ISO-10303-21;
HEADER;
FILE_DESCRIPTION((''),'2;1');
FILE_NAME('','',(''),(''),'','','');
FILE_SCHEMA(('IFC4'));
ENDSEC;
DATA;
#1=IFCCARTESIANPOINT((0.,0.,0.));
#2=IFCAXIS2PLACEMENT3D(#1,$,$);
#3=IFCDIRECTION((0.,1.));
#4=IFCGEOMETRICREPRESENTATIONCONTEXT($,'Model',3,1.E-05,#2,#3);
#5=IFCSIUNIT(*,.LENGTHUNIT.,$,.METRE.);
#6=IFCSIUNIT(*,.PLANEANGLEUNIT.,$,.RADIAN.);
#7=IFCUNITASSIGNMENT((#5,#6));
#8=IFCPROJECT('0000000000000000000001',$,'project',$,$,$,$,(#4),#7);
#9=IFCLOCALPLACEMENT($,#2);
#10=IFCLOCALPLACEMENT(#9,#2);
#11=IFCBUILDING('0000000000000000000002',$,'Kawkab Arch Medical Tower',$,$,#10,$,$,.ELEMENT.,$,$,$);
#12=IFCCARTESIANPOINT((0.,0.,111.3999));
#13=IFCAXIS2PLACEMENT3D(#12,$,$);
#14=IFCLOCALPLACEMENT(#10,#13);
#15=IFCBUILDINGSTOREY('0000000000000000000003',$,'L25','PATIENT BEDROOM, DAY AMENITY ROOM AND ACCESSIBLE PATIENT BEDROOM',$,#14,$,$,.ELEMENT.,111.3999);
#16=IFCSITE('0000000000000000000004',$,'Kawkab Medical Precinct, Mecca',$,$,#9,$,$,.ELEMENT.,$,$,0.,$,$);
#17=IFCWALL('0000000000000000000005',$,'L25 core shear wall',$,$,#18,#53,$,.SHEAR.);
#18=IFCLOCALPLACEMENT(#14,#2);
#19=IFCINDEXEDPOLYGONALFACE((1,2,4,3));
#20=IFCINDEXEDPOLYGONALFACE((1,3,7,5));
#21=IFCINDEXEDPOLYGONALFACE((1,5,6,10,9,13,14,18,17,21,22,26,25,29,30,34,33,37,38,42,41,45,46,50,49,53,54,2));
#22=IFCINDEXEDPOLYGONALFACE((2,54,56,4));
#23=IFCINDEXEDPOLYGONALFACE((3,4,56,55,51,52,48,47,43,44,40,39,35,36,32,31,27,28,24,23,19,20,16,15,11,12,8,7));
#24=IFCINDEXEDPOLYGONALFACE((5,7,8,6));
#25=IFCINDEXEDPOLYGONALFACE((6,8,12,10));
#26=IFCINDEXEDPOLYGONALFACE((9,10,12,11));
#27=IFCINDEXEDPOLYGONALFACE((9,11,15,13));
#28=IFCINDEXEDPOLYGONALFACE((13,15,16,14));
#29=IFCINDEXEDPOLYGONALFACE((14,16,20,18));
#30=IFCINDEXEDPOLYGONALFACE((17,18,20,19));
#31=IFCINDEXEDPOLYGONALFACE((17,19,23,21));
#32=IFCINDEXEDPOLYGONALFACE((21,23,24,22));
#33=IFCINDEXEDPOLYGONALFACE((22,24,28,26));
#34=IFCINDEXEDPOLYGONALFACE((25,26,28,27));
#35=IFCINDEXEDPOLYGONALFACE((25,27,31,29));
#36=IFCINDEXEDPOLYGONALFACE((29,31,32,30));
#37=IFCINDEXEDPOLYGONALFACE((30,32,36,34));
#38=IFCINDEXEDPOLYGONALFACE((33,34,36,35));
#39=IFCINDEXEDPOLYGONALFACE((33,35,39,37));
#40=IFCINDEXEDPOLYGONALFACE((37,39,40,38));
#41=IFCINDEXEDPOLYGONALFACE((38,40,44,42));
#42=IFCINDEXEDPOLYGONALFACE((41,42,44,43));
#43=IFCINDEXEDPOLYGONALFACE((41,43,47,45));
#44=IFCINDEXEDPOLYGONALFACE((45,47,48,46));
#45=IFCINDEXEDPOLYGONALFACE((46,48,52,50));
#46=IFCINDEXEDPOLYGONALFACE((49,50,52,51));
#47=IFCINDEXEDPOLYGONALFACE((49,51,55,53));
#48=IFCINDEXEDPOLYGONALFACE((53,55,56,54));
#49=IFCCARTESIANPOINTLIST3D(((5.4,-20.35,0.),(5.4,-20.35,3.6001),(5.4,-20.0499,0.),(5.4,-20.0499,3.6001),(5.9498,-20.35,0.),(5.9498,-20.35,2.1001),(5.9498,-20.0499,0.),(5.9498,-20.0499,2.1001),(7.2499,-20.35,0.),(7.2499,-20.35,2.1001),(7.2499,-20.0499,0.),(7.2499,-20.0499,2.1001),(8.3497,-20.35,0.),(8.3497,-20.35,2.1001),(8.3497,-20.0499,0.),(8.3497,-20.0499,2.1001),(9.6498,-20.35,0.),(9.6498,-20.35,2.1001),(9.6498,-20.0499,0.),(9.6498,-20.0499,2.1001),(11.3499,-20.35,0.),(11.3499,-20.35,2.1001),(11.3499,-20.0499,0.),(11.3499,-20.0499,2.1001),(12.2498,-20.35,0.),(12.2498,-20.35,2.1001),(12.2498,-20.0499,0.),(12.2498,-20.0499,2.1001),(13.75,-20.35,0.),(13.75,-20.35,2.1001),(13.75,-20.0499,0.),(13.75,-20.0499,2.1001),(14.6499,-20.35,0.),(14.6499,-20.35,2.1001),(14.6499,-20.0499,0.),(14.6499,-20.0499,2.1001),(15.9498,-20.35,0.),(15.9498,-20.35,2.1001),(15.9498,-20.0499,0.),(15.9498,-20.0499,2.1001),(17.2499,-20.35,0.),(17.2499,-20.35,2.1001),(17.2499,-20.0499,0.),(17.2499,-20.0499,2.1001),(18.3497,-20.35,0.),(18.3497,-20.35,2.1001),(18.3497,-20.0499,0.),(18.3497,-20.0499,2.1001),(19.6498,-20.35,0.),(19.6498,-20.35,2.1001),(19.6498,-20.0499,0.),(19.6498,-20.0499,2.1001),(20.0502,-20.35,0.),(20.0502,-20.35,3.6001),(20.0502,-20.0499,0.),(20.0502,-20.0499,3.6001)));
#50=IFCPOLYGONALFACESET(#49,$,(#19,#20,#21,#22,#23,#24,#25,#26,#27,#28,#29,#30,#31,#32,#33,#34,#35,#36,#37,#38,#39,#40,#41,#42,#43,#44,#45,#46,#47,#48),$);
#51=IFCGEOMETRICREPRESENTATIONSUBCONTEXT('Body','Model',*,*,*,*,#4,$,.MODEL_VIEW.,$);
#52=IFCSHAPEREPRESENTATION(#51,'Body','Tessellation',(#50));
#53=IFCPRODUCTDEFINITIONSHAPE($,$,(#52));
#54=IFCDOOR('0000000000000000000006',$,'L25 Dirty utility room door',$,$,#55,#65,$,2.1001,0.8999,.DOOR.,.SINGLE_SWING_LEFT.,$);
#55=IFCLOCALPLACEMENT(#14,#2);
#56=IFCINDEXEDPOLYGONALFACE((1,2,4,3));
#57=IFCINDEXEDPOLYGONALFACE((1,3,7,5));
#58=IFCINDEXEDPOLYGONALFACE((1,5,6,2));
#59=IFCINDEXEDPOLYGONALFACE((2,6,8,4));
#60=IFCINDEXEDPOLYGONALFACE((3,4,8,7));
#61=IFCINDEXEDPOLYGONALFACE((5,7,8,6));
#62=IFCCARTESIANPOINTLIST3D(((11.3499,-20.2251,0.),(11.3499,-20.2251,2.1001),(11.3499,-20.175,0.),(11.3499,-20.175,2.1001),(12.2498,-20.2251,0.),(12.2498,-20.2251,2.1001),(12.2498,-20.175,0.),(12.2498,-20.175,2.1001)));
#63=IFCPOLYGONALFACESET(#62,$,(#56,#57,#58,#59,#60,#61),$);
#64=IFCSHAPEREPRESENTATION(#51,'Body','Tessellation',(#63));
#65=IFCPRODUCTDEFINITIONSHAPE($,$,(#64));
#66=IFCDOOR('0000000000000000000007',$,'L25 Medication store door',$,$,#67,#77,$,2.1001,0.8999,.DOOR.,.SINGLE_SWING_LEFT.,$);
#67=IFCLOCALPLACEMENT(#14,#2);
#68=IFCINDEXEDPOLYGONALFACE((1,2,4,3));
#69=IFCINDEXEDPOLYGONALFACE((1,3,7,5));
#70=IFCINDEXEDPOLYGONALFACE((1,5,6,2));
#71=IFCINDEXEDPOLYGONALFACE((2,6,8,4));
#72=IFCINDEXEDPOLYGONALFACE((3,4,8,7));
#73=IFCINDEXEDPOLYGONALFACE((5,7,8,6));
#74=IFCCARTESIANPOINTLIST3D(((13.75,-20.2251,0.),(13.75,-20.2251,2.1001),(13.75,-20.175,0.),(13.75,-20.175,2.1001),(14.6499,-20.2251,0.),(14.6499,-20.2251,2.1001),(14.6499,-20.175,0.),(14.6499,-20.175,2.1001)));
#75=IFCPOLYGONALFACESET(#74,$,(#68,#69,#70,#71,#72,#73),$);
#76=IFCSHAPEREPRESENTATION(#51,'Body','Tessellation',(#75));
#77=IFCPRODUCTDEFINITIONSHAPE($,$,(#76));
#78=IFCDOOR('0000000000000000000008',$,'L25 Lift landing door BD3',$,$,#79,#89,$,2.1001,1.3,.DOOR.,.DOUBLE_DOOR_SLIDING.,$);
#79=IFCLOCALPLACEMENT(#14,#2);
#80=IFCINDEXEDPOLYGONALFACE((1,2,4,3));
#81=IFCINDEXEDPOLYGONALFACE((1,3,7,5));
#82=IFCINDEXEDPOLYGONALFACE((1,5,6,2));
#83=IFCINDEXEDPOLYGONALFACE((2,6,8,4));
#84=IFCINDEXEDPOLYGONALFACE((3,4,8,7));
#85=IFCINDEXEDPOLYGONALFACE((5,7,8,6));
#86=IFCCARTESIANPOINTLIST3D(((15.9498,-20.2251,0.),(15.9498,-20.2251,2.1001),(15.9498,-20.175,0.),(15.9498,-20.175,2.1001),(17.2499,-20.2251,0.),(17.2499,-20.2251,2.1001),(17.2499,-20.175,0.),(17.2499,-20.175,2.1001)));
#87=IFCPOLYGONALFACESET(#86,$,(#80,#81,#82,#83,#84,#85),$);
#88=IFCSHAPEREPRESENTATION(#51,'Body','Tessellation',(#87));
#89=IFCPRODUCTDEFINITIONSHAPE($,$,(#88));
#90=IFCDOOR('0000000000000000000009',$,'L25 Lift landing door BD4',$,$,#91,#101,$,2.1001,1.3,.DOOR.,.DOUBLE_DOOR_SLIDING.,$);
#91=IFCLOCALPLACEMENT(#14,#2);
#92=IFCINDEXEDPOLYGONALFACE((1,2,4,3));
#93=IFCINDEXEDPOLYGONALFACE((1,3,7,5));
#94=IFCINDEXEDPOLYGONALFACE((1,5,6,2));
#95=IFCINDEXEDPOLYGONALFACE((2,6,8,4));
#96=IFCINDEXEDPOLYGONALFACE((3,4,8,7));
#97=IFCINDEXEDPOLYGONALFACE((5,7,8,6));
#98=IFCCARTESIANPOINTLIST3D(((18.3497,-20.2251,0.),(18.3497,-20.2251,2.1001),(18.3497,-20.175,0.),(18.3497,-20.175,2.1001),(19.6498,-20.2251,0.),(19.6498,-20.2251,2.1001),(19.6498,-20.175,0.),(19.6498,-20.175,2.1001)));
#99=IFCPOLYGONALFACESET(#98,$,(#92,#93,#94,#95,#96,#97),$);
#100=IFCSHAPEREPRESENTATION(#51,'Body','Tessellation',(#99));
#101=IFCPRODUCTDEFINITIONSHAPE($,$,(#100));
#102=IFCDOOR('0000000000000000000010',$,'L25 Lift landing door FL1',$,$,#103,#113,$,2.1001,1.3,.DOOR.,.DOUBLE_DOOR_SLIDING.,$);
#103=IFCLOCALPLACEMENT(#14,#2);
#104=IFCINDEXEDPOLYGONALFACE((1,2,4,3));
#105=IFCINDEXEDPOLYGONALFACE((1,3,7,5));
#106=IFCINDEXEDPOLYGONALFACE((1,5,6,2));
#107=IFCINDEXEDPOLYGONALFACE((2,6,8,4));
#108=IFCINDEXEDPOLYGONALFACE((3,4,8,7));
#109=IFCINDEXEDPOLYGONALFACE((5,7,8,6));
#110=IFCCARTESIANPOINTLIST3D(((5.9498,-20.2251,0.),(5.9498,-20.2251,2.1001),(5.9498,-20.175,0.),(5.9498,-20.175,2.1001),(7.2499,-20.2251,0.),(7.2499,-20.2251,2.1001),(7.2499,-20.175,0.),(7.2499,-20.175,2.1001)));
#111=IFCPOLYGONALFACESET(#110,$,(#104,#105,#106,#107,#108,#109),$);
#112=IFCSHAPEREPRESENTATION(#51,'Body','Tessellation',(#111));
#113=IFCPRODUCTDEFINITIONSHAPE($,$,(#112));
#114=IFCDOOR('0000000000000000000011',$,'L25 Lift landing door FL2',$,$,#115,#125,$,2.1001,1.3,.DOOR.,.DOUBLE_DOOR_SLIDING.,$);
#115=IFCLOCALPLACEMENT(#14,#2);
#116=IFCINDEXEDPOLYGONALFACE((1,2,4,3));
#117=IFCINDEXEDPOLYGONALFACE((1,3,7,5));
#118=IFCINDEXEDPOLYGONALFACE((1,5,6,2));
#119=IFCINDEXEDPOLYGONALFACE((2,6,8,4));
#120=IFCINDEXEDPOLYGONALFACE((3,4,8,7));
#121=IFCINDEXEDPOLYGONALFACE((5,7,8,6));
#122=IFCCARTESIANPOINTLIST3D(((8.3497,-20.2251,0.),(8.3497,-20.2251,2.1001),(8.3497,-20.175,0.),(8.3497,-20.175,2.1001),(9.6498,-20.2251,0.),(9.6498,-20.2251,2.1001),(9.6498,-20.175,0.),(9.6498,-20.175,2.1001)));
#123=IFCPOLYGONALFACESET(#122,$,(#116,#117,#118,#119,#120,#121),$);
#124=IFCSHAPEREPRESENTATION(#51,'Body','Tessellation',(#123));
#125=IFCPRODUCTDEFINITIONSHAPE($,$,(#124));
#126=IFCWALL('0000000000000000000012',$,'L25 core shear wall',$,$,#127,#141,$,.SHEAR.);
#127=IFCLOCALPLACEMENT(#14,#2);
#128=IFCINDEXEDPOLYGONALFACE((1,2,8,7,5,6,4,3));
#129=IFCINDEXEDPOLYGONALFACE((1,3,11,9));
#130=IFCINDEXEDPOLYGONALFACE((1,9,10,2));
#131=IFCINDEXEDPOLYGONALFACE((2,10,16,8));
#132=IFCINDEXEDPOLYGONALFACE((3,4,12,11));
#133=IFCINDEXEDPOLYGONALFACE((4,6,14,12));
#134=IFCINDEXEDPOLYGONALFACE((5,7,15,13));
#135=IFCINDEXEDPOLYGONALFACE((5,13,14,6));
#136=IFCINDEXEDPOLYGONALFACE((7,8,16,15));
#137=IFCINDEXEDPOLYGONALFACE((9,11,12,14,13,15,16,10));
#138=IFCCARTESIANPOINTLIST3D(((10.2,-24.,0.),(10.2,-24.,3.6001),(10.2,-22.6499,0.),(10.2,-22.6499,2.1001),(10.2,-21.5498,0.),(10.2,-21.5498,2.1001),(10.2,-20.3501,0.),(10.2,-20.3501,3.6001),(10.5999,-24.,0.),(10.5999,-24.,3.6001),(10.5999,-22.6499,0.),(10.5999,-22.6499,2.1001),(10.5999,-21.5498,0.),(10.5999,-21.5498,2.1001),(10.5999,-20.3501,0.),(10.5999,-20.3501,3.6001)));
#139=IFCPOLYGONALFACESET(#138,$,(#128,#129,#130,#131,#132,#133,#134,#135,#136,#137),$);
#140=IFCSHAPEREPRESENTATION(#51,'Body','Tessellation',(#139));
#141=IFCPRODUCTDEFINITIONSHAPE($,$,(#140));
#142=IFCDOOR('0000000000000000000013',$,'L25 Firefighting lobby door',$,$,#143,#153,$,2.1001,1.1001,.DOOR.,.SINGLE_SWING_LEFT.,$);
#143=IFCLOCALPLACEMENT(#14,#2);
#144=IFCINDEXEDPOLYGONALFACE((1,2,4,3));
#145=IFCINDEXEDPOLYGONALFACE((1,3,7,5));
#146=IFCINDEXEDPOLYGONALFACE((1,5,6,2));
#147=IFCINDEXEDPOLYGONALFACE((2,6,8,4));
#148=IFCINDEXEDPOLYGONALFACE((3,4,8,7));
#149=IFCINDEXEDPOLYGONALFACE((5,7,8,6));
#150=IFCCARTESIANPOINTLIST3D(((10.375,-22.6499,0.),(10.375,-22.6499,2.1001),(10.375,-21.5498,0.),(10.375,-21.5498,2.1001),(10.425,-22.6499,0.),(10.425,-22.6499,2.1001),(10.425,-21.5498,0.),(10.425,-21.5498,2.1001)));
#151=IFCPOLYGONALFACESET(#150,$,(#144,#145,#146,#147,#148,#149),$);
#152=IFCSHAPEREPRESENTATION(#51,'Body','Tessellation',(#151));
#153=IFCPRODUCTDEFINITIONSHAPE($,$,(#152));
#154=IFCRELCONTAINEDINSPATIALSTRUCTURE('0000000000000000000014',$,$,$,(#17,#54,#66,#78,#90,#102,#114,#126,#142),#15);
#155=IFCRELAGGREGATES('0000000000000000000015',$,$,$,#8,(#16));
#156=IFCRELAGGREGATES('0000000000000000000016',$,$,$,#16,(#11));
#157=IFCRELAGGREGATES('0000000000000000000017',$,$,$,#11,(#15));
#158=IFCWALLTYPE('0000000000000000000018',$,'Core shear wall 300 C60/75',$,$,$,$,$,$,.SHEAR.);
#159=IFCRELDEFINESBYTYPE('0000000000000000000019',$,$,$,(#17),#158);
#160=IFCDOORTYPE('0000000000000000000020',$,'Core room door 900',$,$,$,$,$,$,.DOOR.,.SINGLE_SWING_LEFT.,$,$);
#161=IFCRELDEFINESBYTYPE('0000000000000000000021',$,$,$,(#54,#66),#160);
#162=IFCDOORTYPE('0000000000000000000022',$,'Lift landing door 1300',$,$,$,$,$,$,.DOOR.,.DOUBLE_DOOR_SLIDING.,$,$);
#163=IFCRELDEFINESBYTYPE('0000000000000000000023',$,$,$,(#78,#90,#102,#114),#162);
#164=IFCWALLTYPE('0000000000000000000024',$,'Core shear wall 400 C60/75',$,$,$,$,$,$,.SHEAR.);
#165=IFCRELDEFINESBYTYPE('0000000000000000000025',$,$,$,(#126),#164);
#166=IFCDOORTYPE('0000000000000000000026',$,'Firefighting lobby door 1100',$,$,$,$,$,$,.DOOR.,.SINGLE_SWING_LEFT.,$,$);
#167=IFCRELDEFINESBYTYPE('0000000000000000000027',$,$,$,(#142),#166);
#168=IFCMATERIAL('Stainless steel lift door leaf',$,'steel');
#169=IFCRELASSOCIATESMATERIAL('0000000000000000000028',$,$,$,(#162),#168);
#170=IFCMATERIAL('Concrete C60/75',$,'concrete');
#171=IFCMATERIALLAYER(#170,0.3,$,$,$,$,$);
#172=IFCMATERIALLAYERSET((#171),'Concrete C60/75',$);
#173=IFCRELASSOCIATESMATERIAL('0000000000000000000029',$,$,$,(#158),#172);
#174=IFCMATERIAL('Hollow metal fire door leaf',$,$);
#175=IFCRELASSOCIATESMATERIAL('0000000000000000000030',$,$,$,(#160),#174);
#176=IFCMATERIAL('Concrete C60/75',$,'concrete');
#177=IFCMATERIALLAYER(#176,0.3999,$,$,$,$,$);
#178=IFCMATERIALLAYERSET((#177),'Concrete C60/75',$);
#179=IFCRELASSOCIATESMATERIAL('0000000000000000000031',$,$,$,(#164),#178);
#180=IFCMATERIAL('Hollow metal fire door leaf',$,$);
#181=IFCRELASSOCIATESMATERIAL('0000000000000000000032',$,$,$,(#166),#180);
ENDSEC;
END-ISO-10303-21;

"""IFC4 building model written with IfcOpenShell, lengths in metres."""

from ifc_helpers import new_model, si_unit, direction, frame, frame_2d, origin, place, context, subcontext, project, spatial, rectangle, extrude, material, layer, layer_set, type_object, element, fill, save


model = new_model("IFC4")

# Units and contexts
model_context = context("Model", 3, precision=1e-05, world=origin(), true_north=direction((0.0, 1.0)))
body_context = subcontext(model_context, "Body", "Model", "MODEL_VIEW")
ifc_project = project(units=[si_unit("LENGTHUNIT", "METRE"), si_unit("PLANEANGLEUNIT", "RADIAN")], contexts=[model_context])

# Site, building, storey
site_placement = place(None, origin())
site = spatial("IfcSite", under=ifc_project, at=site_placement, Name="Kawkab Medical Precinct, Mecca", CompositionType="ELEMENT", RefElevation=0.0)
building_placement = place(site_placement, origin())
building = spatial("IfcBuilding", under=site, at=building_placement, Name="Kawkab Arch Medical Tower", CompositionType="ELEMENT")
storey_placement = place(building_placement, frame((0.0, 0.0, 111.3999)))
storey = spatial("IfcBuildingStorey", under=building, at=storey_placement, Name="L25", Description="PATIENT BEDROOM, DAY AMENITY ROOM AND ACCESSIBLE PATIENT BEDROOM", CompositionType="ELEMENT", Elevation=111.3999)

# Shared definitions
ifc_material_1 = material(Name="Stainless steel lift door leaf", Category="steel")
door_type_1 = type_object("IfcDoorType", Name="Lift landing door 1300", OperationType="DOUBLE_DOOR_SLIDING", PredefinedType="DOOR", material=ifc_material_1)

# Wall, openings, doors
ifc_material_2 = material(Name="Concrete C60/75", Category="concrete")
ifc_layer_1 = layer(ifc_material_2, 0.3)
ifc_layer_set_1 = layer_set([ifc_layer_1], Name="Concrete C60/75")
wall_type_1 = type_object("IfcWallType", Name="Core shear wall 300 C60/75", PredefinedType="SHEAR", material=ifc_layer_set_1)
wall_1_placement = place(storey_placement, frame((5.3999, -20.2, 0.0), z_axis=(0.0, 0.0, 1.0), x_axis=(1.0, 0.0, 0.0)))
wall_1 = element("IfcWall", 1, at=wall_1_placement, inside=storey, type_object=wall_type_1, Name="L25 core shear wall", PredefinedType="SHEAR", context=body_context, shape_type="SweptSolid", body=[
    extrude(rectangle(XDim=14.6501, YDim=0.3, at=frame_2d((7.3252, 0.0))), origin(), (0.0, 0.0, 1.0), 3.6001),
])
opening_1_placement = place(wall_1_placement, frame((10.55, 0.0, 0.0)))
opening_1 = element("IfcOpeningElement", 2, at=opening_1_placement, cuts=wall_1, PredefinedType="OPENING", context=body_context, shape_type="SweptSolid", body=[
    extrude(rectangle(XDim=1.3, YDim=2.1001, at=frame_2d((0.6499, 1.05))), frame((0.0, 0.1599, 0.0), z_axis=(0.0, -1.0, 0.0), x_axis=(1.0, 0.0, 0.0)), (0.0, 0.0, 1.0), 0.3201),
])
opening_2_placement = place(wall_1_placement, frame((12.95, 0.0, 0.0)))
opening_2 = element("IfcOpeningElement", 3, at=opening_2_placement, cuts=wall_1, PredefinedType="OPENING", context=body_context, shape_type="SweptSolid", body=[
    extrude(rectangle(XDim=1.3, YDim=2.1001, at=frame_2d((0.6499, 1.05))), frame((0.0, 0.1599, 0.0), z_axis=(0.0, -1.0, 0.0), x_axis=(1.0, 0.0, 0.0)), (0.0, 0.0, 1.0), 0.3201),
])
opening_3_placement = place(wall_1_placement, frame((0.55, 0.0, 0.0)))
opening_3 = element("IfcOpeningElement", 4, at=opening_3_placement, cuts=wall_1, PredefinedType="OPENING", context=body_context, shape_type="SweptSolid", body=[
    extrude(rectangle(XDim=1.3, YDim=2.1001, at=frame_2d((0.6499, 1.05))), frame((0.0, 0.1599, 0.0), z_axis=(0.0, -1.0, 0.0), x_axis=(1.0, 0.0, 0.0)), (0.0, 0.0, 1.0), 0.3201),
])
opening_4_placement = place(wall_1_placement, frame((2.95, 0.0, 0.0)))
opening_4 = element("IfcOpeningElement", 5, at=opening_4_placement, cuts=wall_1, PredefinedType="OPENING", context=body_context, shape_type="SweptSolid", body=[
    extrude(rectangle(XDim=1.3, YDim=2.1001, at=frame_2d((0.6499, 1.05))), frame((0.0, 0.1599, 0.0), z_axis=(0.0, -1.0, 0.0), x_axis=(1.0, 0.0, 0.0)), (0.0, 0.0, 1.0), 0.3201),
])
opening_5_placement = place(wall_1_placement, frame((5.95, 0.0, 0.0)))
opening_5 = element("IfcOpeningElement", 6, at=opening_5_placement, cuts=wall_1, PredefinedType="OPENING", context=body_context, shape_type="SweptSolid", body=[
    extrude(rectangle(XDim=0.8999, YDim=2.1001, at=frame_2d((0.45, 1.05))), frame((0.0, 0.1599, 0.0), z_axis=(0.0, -1.0, 0.0), x_axis=(1.0, 0.0, 0.0)), (0.0, 0.0, 1.0), 0.3201),
])
opening_6_placement = place(wall_1_placement, frame((8.3501, 0.0, 0.0)))
opening_6 = element("IfcOpeningElement", 7, at=opening_6_placement, cuts=wall_1, PredefinedType="OPENING", context=body_context, shape_type="SweptSolid", body=[
    extrude(rectangle(XDim=0.8999, YDim=2.1001, at=frame_2d((0.45, 1.05))), frame((0.0, 0.1599, 0.0), z_axis=(0.0, -1.0, 0.0), x_axis=(1.0, 0.0, 0.0)), (0.0, 0.0, 1.0), 0.3201),
])
ifc_material_3 = material(Name="Hollow metal fire door leaf")
door_type_2 = type_object("IfcDoorType", Name="Core room door 900", OperationType="SINGLE_SWING_LEFT", PredefinedType="DOOR", material=ifc_material_3)
door_1_placement = place(opening_5_placement, origin())
door_1 = element("IfcDoor", 8, at=door_1_placement, inside=storey, type_object=door_type_2, Name="L25 Dirty utility room door", OperationType="SINGLE_SWING_LEFT", OverallHeight=2.1001, OverallWidth=0.8999, PredefinedType="DOOR", context=body_context, shape_type="SweptSolid", body=[
    extrude(rectangle(XDim=0.8999, YDim=2.1001, at=frame_2d((0.45, 1.05))), frame((0.0, 0.0249, 0.0), z_axis=(0.0, -1.0, 0.0), x_axis=(1.0, 0.0, 0.0)), (0.0, 0.0, 1.0), 0.05),
])
fill(opening_5, door_1)
door_2_placement = place(opening_6_placement, origin())
door_2 = element("IfcDoor", 9, at=door_2_placement, inside=storey, type_object=door_type_2, Name="L25 Medication store door", OperationType="SINGLE_SWING_LEFT", OverallHeight=2.1001, OverallWidth=0.8999, PredefinedType="DOOR", context=body_context, shape_type="SweptSolid", body=[
    extrude(rectangle(XDim=0.8999, YDim=2.1001, at=frame_2d((0.45, 1.05))), frame((0.0, 0.0249, 0.0), z_axis=(0.0, -1.0, 0.0), x_axis=(1.0, 0.0, 0.0)), (0.0, 0.0, 1.0), 0.05),
])
fill(opening_6, door_2)
door_3_placement = place(opening_1_placement, origin())
door_3 = element("IfcDoor", 10, at=door_3_placement, inside=storey, type_object=door_type_1, Name="L25 Lift landing door BD3", OperationType="DOUBLE_DOOR_SLIDING", OverallHeight=2.1001, OverallWidth=1.3, PredefinedType="DOOR", context=body_context, shape_type="SweptSolid", body=[
    extrude(rectangle(XDim=1.3, YDim=2.1001, at=frame_2d((0.6499, 1.05))), frame((0.0, 0.0249, 0.0), z_axis=(0.0, -1.0, 0.0), x_axis=(1.0, 0.0, 0.0)), (0.0, 0.0, 1.0), 0.05),
])
fill(opening_1, door_3)
door_4_placement = place(opening_2_placement, origin())
door_4 = element("IfcDoor", 11, at=door_4_placement, inside=storey, type_object=door_type_1, Name="L25 Lift landing door BD4", OperationType="DOUBLE_DOOR_SLIDING", OverallHeight=2.1001, OverallWidth=1.3, PredefinedType="DOOR", context=body_context, shape_type="SweptSolid", body=[
    extrude(rectangle(XDim=1.3, YDim=2.1001, at=frame_2d((0.6499, 1.05))), frame((0.0, 0.0249, 0.0), z_axis=(0.0, -1.0, 0.0), x_axis=(1.0, 0.0, 0.0)), (0.0, 0.0, 1.0), 0.05),
])
fill(opening_2, door_4)
door_5_placement = place(opening_3_placement, origin())
door_5 = element("IfcDoor", 12, at=door_5_placement, inside=storey, type_object=door_type_1, Name="L25 Lift landing door FL1", OperationType="DOUBLE_DOOR_SLIDING", OverallHeight=2.1001, OverallWidth=1.3, PredefinedType="DOOR", context=body_context, shape_type="SweptSolid", body=[
    extrude(rectangle(XDim=1.3, YDim=2.1001, at=frame_2d((0.6499, 1.05))), frame((0.0, 0.0249, 0.0), z_axis=(0.0, -1.0, 0.0), x_axis=(1.0, 0.0, 0.0)), (0.0, 0.0, 1.0), 0.05),
])
fill(opening_3, door_5)
door_6_placement = place(opening_4_placement, origin())
door_6 = element("IfcDoor", 13, at=door_6_placement, inside=storey, type_object=door_type_1, Name="L25 Lift landing door FL2", OperationType="DOUBLE_DOOR_SLIDING", OverallHeight=2.1001, OverallWidth=1.3, PredefinedType="DOOR", context=body_context, shape_type="SweptSolid", body=[
    extrude(rectangle(XDim=1.3, YDim=2.1001, at=frame_2d((0.6499, 1.05))), frame((0.0, 0.0249, 0.0), z_axis=(0.0, -1.0, 0.0), x_axis=(1.0, 0.0, 0.0)), (0.0, 0.0, 1.0), 0.05),
])
fill(opening_4, door_6)

# Wall, opening, door
ifc_material_4 = material(Name="Concrete C60/75", Category="concrete")
ifc_layer_2 = layer(ifc_material_4, 0.3999)
ifc_layer_set_2 = layer_set([ifc_layer_2], Name="Concrete C60/75")
wall_type_2 = type_object("IfcWallType", Name="Core shear wall 400 C60/75", PredefinedType="SHEAR", material=ifc_layer_set_2)
wall_2_placement = place(storey_placement, frame((10.3999, -24.0, 0.0), z_axis=(0.0, 0.0, 1.0), x_axis=(0.0, 1.0, 0.0)))
wall_2 = element("IfcWall", 14, at=wall_2_placement, inside=storey, type_object=wall_type_2, Name="L25 core shear wall", PredefinedType="SHEAR", context=body_context, shape_type="SweptSolid", body=[
    extrude(rectangle(XDim=3.6499, YDim=0.3999, at=frame_2d((1.825, 0.0))), origin(), (0.0, 0.0, 1.0), 3.6001),
])
opening_7_placement = place(wall_2_placement, frame((1.3501, 0.0, 0.0)))
opening_7 = element("IfcOpeningElement", 15, at=opening_7_placement, cuts=wall_2, PredefinedType="OPENING", context=body_context, shape_type="SweptSolid", body=[
    extrude(rectangle(XDim=1.1001, YDim=2.1001, at=frame_2d((0.55, 1.05))), frame((0.0, 0.21, 0.0), z_axis=(0.0, -1.0, 0.0), x_axis=(1.0, 0.0, 0.0)), (0.0, 0.0, 1.0), 0.4199),
])
ifc_material_5 = material(Name="Hollow metal fire door leaf")
door_type_3 = type_object("IfcDoorType", Name="Firefighting lobby door 1100", OperationType="SINGLE_SWING_LEFT", PredefinedType="DOOR", material=ifc_material_5)
door_7_placement = place(opening_7_placement, origin())
door_7 = element("IfcDoor", 16, at=door_7_placement, inside=storey, type_object=door_type_3, Name="L25 Firefighting lobby door", OperationType="SINGLE_SWING_LEFT", OverallHeight=2.1001, OverallWidth=1.1001, PredefinedType="DOOR", context=body_context, shape_type="SweptSolid", body=[
    extrude(rectangle(XDim=1.1001, YDim=2.1001, at=frame_2d((0.55, 1.05))), frame((0.0, 0.0249, 0.0), z_axis=(0.0, -1.0, 0.0), x_axis=(1.0, 0.0, 0.0)), (0.0, 0.0, 1.0), 0.05),
])
fill(opening_7, door_7)

save(model, "model.ifc")
